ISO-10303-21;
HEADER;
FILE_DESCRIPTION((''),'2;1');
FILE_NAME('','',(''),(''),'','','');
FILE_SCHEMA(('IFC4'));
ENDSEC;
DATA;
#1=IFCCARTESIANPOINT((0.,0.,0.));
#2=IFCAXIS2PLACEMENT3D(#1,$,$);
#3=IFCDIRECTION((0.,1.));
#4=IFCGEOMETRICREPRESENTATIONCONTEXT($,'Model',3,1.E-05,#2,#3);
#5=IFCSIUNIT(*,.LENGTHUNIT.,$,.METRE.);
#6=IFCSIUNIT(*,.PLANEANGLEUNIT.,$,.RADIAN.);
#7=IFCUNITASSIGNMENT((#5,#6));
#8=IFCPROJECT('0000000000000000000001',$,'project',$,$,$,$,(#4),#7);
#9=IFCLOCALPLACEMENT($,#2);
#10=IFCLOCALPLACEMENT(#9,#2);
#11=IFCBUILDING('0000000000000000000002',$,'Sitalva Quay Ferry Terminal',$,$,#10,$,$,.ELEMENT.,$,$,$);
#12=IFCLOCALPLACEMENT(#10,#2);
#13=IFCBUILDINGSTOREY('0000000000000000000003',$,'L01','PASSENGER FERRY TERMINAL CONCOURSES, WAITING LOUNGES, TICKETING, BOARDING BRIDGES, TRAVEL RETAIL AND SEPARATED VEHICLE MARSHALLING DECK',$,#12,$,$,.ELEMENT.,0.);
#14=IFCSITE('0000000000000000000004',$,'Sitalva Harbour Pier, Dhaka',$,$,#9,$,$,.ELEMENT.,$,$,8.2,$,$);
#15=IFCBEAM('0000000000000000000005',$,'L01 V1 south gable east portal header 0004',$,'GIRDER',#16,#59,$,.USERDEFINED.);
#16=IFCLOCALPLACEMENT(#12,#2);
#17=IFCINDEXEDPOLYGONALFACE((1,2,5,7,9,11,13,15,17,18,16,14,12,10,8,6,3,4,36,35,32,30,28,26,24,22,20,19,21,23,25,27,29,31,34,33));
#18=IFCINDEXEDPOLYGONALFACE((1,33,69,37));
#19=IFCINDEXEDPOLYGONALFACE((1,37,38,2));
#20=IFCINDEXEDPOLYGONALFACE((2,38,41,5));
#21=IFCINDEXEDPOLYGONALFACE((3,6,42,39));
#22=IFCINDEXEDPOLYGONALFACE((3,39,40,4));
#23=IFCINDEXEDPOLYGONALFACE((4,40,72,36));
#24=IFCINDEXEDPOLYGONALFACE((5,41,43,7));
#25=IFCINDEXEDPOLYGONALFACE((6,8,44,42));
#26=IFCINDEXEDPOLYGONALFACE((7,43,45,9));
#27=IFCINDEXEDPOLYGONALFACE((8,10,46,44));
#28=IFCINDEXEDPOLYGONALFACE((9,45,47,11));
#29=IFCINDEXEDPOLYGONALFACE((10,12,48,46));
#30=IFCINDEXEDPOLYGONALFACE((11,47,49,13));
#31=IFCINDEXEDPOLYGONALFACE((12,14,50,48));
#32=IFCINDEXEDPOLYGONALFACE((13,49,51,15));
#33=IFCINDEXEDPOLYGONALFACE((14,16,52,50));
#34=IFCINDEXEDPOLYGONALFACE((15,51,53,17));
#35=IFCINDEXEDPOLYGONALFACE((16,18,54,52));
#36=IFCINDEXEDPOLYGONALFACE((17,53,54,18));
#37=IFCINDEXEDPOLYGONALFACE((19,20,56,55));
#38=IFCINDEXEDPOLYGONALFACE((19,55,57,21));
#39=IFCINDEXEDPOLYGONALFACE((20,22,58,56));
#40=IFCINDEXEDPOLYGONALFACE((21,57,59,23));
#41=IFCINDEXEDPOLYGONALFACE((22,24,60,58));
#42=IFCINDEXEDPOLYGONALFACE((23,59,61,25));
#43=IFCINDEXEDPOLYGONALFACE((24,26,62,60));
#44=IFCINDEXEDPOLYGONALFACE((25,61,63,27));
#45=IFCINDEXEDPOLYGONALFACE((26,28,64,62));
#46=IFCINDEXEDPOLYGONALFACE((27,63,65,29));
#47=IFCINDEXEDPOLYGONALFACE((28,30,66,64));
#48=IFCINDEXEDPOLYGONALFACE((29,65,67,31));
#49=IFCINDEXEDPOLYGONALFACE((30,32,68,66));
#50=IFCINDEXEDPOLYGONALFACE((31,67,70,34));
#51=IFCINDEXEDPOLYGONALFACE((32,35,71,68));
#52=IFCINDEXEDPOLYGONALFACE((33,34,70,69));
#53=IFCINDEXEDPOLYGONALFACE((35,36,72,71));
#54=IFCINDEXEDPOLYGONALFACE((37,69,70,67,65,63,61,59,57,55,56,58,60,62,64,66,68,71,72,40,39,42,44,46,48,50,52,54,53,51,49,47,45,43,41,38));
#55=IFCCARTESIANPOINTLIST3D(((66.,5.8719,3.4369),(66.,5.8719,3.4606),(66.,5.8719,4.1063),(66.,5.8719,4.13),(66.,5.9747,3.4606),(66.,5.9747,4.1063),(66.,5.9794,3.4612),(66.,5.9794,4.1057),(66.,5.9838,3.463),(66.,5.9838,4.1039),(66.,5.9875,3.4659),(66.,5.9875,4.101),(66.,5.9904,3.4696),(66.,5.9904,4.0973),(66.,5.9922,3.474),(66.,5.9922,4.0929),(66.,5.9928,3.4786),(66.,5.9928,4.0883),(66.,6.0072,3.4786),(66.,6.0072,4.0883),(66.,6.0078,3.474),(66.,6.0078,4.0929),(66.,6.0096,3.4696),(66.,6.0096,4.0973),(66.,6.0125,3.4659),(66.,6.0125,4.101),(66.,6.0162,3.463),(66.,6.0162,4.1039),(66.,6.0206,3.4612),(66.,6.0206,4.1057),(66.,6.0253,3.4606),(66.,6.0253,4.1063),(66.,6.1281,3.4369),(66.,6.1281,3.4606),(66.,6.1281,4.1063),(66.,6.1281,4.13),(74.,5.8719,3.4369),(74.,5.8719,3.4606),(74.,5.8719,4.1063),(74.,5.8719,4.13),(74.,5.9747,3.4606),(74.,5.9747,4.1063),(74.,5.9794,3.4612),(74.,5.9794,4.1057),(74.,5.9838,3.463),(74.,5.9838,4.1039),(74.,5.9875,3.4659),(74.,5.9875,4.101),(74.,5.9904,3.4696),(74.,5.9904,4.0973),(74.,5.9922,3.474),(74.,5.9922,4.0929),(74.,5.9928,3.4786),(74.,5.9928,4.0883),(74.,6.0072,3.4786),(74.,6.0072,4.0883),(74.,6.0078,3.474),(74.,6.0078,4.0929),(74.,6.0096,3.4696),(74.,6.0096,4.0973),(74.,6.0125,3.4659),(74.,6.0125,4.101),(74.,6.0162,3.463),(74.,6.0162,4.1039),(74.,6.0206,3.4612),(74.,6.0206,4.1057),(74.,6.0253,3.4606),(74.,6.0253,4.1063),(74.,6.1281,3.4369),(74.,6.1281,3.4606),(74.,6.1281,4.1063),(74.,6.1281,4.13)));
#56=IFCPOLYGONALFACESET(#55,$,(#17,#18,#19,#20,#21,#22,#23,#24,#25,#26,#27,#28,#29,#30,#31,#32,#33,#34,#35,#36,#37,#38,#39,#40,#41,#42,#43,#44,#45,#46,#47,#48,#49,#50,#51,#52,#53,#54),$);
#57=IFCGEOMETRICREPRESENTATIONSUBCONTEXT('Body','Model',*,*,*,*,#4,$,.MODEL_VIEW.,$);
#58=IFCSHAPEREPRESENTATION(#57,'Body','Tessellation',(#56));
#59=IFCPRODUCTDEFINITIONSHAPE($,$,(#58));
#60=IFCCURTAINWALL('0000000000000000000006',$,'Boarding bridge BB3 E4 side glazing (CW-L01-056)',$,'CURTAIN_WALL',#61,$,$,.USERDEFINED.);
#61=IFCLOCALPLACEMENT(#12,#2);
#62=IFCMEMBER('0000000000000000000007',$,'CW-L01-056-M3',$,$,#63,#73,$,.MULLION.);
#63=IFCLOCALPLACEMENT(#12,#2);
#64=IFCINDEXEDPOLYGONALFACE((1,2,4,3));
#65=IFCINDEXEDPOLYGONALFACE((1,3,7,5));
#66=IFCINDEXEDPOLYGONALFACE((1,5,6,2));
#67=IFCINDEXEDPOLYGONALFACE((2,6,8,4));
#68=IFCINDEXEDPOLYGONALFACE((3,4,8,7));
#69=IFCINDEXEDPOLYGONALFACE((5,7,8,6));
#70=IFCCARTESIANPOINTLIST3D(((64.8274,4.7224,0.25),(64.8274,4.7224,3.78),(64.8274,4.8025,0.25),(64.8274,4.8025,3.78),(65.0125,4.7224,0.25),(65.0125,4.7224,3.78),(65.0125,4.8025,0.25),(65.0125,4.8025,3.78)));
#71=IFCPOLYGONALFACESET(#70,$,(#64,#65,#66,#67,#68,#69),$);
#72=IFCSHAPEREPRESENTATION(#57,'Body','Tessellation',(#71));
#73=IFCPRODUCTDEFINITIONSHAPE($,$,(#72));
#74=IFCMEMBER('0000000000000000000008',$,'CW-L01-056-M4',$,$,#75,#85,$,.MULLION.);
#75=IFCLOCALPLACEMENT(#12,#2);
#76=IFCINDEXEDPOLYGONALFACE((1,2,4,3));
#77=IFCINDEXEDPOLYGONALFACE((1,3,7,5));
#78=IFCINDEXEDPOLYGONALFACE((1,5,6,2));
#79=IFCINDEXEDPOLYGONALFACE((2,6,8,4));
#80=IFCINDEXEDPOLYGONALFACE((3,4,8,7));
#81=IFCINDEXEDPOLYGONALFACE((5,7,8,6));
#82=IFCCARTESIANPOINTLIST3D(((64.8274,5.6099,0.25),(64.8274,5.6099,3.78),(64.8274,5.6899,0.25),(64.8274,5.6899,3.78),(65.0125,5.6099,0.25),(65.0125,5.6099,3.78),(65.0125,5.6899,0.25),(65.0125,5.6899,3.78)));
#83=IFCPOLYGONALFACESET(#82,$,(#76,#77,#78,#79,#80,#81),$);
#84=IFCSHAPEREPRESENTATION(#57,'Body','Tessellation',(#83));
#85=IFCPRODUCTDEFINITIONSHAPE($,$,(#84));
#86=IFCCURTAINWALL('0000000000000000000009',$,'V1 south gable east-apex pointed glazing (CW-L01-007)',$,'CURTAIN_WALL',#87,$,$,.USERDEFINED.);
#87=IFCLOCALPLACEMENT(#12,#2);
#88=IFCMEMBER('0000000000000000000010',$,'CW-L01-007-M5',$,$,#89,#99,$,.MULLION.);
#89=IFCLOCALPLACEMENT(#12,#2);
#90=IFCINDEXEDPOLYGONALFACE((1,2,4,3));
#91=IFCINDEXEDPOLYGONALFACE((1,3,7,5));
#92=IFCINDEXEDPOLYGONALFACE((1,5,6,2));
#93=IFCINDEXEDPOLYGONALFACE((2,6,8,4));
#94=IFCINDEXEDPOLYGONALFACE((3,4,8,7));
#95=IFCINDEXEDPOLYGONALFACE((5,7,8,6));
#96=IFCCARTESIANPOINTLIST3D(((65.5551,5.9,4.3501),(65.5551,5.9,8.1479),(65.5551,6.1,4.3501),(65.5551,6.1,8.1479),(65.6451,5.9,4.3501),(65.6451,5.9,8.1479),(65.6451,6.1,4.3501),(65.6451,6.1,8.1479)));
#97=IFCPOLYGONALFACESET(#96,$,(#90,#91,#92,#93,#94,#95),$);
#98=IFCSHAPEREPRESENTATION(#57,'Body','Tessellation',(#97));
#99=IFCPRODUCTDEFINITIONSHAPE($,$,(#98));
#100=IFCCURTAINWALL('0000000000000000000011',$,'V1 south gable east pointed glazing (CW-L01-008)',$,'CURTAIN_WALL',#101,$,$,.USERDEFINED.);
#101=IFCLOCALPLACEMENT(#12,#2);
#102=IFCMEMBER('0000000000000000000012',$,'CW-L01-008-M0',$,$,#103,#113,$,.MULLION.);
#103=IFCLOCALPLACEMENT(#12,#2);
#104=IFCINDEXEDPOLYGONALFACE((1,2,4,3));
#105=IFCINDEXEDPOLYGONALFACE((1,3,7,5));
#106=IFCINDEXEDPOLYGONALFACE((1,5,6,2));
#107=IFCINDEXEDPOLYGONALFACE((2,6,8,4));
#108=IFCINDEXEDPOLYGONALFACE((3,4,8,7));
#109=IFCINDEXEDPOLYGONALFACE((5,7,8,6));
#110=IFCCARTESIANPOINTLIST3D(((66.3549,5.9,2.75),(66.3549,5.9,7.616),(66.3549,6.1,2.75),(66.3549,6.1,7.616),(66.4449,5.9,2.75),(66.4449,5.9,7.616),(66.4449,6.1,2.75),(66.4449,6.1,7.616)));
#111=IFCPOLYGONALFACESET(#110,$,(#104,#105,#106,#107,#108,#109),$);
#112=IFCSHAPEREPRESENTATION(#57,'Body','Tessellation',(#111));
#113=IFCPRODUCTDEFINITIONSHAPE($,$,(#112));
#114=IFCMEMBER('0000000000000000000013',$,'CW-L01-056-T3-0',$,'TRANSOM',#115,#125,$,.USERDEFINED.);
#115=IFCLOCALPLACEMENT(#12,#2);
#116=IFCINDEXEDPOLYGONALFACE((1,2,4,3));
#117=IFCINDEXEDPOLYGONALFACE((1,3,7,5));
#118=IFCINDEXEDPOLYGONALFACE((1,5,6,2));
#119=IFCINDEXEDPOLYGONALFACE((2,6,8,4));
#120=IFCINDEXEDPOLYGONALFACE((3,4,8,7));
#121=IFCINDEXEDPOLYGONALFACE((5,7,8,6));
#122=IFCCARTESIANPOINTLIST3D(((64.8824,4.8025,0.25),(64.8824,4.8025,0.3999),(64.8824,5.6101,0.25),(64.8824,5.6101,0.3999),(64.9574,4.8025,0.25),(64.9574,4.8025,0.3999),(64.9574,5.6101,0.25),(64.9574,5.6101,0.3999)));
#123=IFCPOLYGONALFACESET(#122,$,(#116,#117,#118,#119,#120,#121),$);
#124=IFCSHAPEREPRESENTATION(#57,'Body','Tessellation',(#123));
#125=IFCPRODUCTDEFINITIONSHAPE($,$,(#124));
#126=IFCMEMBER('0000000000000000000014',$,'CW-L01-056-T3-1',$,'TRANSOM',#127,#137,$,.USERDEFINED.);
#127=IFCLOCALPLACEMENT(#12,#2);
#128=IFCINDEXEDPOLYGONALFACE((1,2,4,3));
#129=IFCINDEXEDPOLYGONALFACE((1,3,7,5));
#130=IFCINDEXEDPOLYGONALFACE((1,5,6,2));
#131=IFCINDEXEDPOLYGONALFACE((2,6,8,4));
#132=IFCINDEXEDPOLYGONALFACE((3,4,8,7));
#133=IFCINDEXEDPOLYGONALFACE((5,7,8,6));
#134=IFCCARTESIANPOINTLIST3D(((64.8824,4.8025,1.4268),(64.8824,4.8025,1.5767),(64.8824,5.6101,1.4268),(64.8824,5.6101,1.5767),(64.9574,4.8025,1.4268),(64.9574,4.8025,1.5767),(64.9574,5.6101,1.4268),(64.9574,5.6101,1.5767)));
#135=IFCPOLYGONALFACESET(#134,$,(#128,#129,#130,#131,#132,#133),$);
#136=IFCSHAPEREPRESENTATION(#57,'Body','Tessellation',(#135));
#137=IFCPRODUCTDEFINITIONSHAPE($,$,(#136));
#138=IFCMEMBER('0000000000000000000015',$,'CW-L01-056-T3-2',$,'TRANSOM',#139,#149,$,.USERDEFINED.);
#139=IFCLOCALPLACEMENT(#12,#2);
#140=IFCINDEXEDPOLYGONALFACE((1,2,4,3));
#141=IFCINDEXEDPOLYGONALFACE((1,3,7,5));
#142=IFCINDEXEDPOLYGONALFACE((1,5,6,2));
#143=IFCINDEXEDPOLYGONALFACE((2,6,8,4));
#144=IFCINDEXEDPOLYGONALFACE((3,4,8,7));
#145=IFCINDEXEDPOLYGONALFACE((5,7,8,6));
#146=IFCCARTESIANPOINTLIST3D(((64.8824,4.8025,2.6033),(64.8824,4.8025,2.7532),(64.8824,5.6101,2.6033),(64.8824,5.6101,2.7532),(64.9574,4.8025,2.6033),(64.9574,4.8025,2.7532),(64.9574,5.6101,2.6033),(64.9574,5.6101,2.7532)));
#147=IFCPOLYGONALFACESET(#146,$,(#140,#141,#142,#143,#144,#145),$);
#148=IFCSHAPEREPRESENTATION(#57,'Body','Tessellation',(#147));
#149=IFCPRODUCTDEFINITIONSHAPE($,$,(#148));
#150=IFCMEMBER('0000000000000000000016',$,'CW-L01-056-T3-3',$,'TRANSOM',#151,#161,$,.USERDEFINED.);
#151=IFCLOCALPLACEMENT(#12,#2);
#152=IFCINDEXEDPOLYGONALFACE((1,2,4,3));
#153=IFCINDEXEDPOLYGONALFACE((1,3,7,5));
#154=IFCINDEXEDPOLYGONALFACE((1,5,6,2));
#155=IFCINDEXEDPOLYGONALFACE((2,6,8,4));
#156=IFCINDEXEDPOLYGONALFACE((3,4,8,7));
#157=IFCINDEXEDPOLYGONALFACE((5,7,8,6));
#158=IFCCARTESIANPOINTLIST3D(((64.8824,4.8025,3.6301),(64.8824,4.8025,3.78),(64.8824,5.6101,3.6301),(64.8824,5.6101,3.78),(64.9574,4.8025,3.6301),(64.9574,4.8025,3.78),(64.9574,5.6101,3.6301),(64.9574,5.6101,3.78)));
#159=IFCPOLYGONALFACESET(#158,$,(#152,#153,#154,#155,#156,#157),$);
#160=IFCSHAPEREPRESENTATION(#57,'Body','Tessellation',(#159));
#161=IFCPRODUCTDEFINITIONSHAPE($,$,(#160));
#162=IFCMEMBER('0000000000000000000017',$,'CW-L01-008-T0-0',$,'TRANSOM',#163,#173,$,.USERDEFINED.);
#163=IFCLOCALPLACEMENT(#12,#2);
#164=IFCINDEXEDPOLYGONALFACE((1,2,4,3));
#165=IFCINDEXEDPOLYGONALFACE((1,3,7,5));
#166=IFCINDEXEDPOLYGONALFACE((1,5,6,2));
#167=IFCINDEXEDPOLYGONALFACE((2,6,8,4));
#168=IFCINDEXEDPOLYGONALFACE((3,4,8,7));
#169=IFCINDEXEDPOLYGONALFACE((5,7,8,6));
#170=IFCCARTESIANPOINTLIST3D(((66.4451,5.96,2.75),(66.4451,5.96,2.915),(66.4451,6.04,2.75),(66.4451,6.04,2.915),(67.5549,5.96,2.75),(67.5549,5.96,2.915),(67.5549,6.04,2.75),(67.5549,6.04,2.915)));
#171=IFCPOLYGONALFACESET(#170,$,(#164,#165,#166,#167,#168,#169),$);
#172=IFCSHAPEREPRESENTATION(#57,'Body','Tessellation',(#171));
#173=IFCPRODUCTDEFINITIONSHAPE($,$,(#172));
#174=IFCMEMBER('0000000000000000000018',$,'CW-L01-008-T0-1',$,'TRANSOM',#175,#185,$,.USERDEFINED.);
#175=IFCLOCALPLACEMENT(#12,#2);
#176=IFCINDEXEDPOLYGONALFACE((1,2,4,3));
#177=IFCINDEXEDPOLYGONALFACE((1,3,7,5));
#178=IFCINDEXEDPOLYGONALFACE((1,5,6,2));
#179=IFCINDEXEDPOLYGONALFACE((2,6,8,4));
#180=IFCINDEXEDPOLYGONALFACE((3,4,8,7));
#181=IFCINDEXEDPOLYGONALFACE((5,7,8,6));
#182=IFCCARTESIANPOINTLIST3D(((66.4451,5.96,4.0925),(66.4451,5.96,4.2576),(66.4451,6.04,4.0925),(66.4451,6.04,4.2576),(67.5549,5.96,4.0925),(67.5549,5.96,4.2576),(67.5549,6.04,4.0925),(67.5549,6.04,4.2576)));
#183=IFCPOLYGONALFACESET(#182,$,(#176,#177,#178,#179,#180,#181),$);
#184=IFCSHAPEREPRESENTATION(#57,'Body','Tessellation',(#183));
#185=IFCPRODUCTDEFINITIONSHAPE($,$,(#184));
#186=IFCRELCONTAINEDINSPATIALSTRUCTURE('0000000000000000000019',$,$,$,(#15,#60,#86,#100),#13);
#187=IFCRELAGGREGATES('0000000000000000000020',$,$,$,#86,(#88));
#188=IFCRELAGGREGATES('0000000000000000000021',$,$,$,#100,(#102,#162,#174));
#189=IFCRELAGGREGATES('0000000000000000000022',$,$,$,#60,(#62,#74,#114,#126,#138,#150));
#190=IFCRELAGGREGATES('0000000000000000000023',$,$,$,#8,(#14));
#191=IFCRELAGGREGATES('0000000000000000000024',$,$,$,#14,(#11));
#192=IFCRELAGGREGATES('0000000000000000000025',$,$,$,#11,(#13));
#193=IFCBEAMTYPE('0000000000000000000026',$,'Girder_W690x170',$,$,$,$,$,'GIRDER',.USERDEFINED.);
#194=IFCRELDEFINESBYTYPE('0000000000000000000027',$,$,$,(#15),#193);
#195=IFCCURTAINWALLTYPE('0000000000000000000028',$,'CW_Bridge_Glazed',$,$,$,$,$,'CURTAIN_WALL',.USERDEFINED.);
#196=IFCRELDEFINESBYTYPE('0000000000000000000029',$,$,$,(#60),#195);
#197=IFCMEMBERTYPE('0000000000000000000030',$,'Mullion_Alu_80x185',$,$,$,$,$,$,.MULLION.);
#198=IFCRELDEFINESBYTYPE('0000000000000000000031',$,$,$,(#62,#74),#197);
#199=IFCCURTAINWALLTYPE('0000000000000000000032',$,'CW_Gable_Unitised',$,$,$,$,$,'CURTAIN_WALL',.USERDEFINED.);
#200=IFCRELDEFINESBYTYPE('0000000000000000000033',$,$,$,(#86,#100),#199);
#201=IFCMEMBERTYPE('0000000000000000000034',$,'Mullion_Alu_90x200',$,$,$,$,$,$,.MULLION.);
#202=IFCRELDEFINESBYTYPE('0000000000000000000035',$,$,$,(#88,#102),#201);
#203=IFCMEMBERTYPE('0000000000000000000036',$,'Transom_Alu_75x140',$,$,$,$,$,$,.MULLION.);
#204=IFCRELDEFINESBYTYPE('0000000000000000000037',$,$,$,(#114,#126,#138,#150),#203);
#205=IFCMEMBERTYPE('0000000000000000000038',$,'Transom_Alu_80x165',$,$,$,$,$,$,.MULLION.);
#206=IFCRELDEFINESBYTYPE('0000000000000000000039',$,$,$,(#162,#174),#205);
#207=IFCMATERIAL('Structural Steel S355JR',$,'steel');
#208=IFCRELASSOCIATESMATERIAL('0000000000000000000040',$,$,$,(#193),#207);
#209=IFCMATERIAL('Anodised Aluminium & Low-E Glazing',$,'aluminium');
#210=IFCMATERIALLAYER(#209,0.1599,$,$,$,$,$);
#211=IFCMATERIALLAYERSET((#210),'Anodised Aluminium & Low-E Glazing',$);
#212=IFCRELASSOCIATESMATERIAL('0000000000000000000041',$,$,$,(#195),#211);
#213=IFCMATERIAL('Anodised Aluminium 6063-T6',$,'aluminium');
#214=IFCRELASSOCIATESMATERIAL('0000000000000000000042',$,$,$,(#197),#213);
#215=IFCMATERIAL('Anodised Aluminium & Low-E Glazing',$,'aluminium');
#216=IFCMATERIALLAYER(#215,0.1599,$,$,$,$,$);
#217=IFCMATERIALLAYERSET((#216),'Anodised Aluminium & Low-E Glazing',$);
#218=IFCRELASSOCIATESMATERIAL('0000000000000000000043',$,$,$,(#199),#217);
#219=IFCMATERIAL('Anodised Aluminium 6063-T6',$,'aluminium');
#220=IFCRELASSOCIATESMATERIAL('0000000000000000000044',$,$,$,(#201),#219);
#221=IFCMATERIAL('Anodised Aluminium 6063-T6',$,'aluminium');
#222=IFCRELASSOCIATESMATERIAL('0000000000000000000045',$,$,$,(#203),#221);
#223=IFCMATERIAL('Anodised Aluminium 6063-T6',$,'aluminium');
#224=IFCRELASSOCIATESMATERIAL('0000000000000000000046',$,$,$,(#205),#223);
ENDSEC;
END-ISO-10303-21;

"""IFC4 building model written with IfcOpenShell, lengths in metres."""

from ifc_helpers import new_model, si_unit, direction, frame, origin, origin_2d, place, context, subcontext, project, spatial, rectangle, i_section, extrude, material, layer, layer_set, material_profile, profile_set, type_object, element, aggregate, save


model = new_model("IFC4")

# Units and contexts
model_context = context("Model", 3, precision=1e-05, world=origin(), true_north=direction((0.0, 1.0)))
body_context = subcontext(model_context, "Body", "Model", "MODEL_VIEW")
ifc_project = project(units=[si_unit("LENGTHUNIT", "METRE"), si_unit("PLANEANGLEUNIT", "RADIAN")], contexts=[model_context])

# Site, building, storey
site_placement = place(None, origin())
site = spatial("IfcSite", under=ifc_project, at=site_placement, Name="Sitalva Harbour Pier, Dhaka", CompositionType="ELEMENT", RefElevation=8.2)
building_placement = place(site_placement, origin())
building = spatial("IfcBuilding", under=site, at=building_placement, Name="Sitalva Quay Ferry Terminal", CompositionType="ELEMENT")
storey_placement = place(building_placement, origin())
storey = spatial("IfcBuildingStorey", under=building, at=storey_placement, Name="L01", Description="PASSENGER FERRY TERMINAL CONCOURSES, WAITING LOUNGES, TICKETING, BOARDING BRIDGES, TRAVEL RETAIL AND SEPARATED VEHICLE MARSHALLING DECK", CompositionType="ELEMENT", Elevation=0.0)

# Beam
ifc_material_1 = material(Name="Structural Steel S355JR", Category="steel")
ifc_material_profile_1 = material_profile(ifc_material_1, i_section(OverallWidth=0.2561, OverallDepth=0.6931, WebThickness=0.0144, FlangeThickness=0.0237, FilletRadius=0.0181, at=origin_2d()), Name="W690x170")
ifc_profile_set_1 = profile_set([ifc_material_profile_1], Name="Structural Steel S355JR")
beam_type_1 = type_object("IfcBeamType", Name="Girder_W690x170", ElementType="GIRDER", PredefinedType="USERDEFINED", material=ifc_profile_set_1)
beam_1_placement = place(storey_placement, frame((66.0, 6.0, 3.7834), z_axis=(1.0, 0.0, 0.0), x_axis=(0.0, 1.0, 0.0)))
element("IfcBeam", 1, at=beam_1_placement, inside=storey, type_object=beam_type_1, Name="L01 V1 south gable east portal header 0004", ObjectType="GIRDER", PredefinedType="USERDEFINED", context=body_context, shape_type="SweptSolid", body=[
    extrude(i_section(OverallWidth=0.2561, OverallDepth=0.6931, WebThickness=0.0144, FlangeThickness=0.0237, FilletRadius=0.0181, at=origin_2d()), origin(), (0.0, 0.0, 1.0), 8.0),
])

# Curtain wall, members
ifc_material_2 = material(Name="Anodised Aluminium & Low-E Glazing", Category="aluminium")
ifc_layer_1 = layer(ifc_material_2, 0.1599)
ifc_layer_set_1 = layer_set([ifc_layer_1], Name="Anodised Aluminium & Low-E Glazing")
curtain_wall_type_1 = type_object("IfcCurtainWallType", Name="CW_Bridge_Glazed", ElementType="CURTAIN_WALL", PredefinedType="USERDEFINED", material=ifc_layer_set_1)
curtain_wall_1_placement = place(storey_placement, origin())
curtain_wall_1 = element("IfcCurtainWall", 2, at=curtain_wall_1_placement, inside=storey, type_object=curtain_wall_type_1, Name="Boarding bridge BB3 E4 side glazing (CW-L01-056)", ObjectType="CURTAIN_WALL", PredefinedType="USERDEFINED")
ifc_material_3 = material(Name="Anodised Aluminium 6063-T6", Category="aluminium")
ifc_material_profile_2 = material_profile(ifc_material_3, rectangle(XDim=0.0801, YDim=0.1851, at=origin_2d()), Name="ALU80x185")
ifc_profile_set_2 = profile_set([ifc_material_profile_2], Name="Anodised Aluminium 6063-T6")
member_type_1 = type_object("IfcMemberType", Name="Mullion_Alu_80x185", PredefinedType="MULLION", material=ifc_profile_set_2)
member_1_placement = place(storey_placement, frame((64.9199, 4.7625, 0.25), z_axis=(0.0, 0.0, 1.0), x_axis=(0.0, 1.0, 0.0)))
member_1 = element("IfcMember", 3, at=member_1_placement, type_object=member_type_1, Name="CW-L01-056-M3", PredefinedType="MULLION", context=body_context, shape_type="SweptSolid", body=[
    extrude(rectangle(XDim=0.0801, YDim=0.1851, at=origin_2d()), origin(), (0.0, 0.0, 1.0), 3.53),
])
member_2_placement = place(storey_placement, frame((64.9199, 5.6499, 0.25), z_axis=(0.0, 0.0, 1.0), x_axis=(0.0, 1.0, 0.0)))
member_2 = element("IfcMember", 4, at=member_2_placement, type_object=member_type_1, Name="CW-L01-056-M4", PredefinedType="MULLION", context=body_context, shape_type="SweptSolid", body=[
    extrude(rectangle(XDim=0.0801, YDim=0.1851, at=origin_2d()), origin(), (0.0, 0.0, 1.0), 3.53),
])

# Curtain walls, members
ifc_material_4 = material(Name="Anodised Aluminium & Low-E Glazing", Category="aluminium")
ifc_layer_2 = layer(ifc_material_4, 0.1599)
ifc_layer_set_2 = layer_set([ifc_layer_2], Name="Anodised Aluminium & Low-E Glazing")
curtain_wall_type_2 = type_object("IfcCurtainWallType", Name="CW_Gable_Unitised", ElementType="CURTAIN_WALL", PredefinedType="USERDEFINED", material=ifc_layer_set_2)
curtain_wall_2_placement = place(storey_placement, origin())
curtain_wall_2 = element("IfcCurtainWall", 5, at=curtain_wall_2_placement, inside=storey, type_object=curtain_wall_type_2, Name="V1 south gable east-apex pointed glazing (CW-L01-007)", ObjectType="CURTAIN_WALL", PredefinedType="USERDEFINED")
ifc_material_5 = material(Name="Anodised Aluminium 6063-T6", Category="aluminium")
ifc_material_profile_3 = material_profile(ifc_material_5, rectangle(XDim=0.0901, YDim=0.2, at=origin_2d()), Name="ALU90x200")
ifc_profile_set_3 = profile_set([ifc_material_profile_3], Name="Anodised Aluminium 6063-T6")
member_type_2 = type_object("IfcMemberType", Name="Mullion_Alu_90x200", PredefinedType="MULLION", material=ifc_profile_set_3)
member_3_placement = place(storey_placement, frame((65.6001, 6.0, 4.3501), z_axis=(0.0, 0.0, 1.0), x_axis=(1.0, 0.0, 0.0)))
member_3 = element("IfcMember", 6, at=member_3_placement, type_object=member_type_2, Name="CW-L01-007-M5", PredefinedType="MULLION", context=body_context, shape_type="SweptSolid", body=[
    extrude(rectangle(XDim=0.0901, YDim=0.2, at=origin_2d()), origin(), (0.0, 0.0, 1.0), 3.7979),
])
aggregate(curtain_wall_2, [member_3])
curtain_wall_3_placement = place(storey_placement, origin())
curtain_wall_3 = element("IfcCurtainWall", 7, at=curtain_wall_3_placement, inside=storey, type_object=curtain_wall_type_2, Name="V1 south gable east pointed glazing (CW-L01-008)", ObjectType="CURTAIN_WALL", PredefinedType="USERDEFINED")
member_4_placement = place(storey_placement, frame((66.3999, 6.0, 2.75), z_axis=(0.0, 0.0, 1.0), x_axis=(1.0, 0.0, 0.0)))
member_4 = element("IfcMember", 8, at=member_4_placement, type_object=member_type_2, Name="CW-L01-008-M0", PredefinedType="MULLION", context=body_context, shape_type="SweptSolid", body=[
    extrude(rectangle(XDim=0.0901, YDim=0.2, at=origin_2d()), origin(), (0.0, 0.0, 1.0), 4.866),
])

# Members
ifc_material_6 = material(Name="Anodised Aluminium 6063-T6", Category="aluminium")
ifc_material_profile_4 = material_profile(ifc_material_6, rectangle(XDim=0.075, YDim=0.1499, at=origin_2d()), Name="ALU75x150")
ifc_profile_set_4 = profile_set([ifc_material_profile_4], Name="Anodised Aluminium 6063-T6")
member_type_3 = type_object("IfcMemberType", Name="Transom_Alu_75x140", PredefinedType="MULLION", material=ifc_profile_set_4)
member_5_placement = place(storey_placement, frame((64.9199, 4.8025, 0.325), z_axis=(0.0, 1.0, 0.0), x_axis=(-1.0, 0.0, 0.0)))
member_5 = element("IfcMember", 9, at=member_5_placement, type_object=member_type_3, Name="CW-L01-056-T3-0", ObjectType="TRANSOM", PredefinedType="USERDEFINED", context=body_context, shape_type="SweptSolid", body=[
    extrude(rectangle(XDim=0.075, YDim=0.1499, at=origin_2d()), origin(), (0.0, 0.0, 1.0), 0.8076),
])
member_6_placement = place(storey_placement, frame((64.9199, 4.8025, 1.5017), z_axis=(0.0, 1.0, 0.0), x_axis=(-1.0, 0.0, 0.0)))
member_6 = element("IfcMember", 10, at=member_6_placement, type_object=member_type_3, Name="CW-L01-056-T3-1", ObjectType="TRANSOM", PredefinedType="USERDEFINED", context=body_context, shape_type="SweptSolid", body=[
    extrude(rectangle(XDim=0.075, YDim=0.1499, at=origin_2d()), origin(), (0.0, 0.0, 1.0), 0.8076),
])
member_7_placement = place(storey_placement, frame((64.9199, 4.8025, 2.6782), z_axis=(0.0, 1.0, 0.0), x_axis=(-1.0, 0.0, 0.0)))
member_7 = element("IfcMember", 11, at=member_7_placement, type_object=member_type_3, Name="CW-L01-056-T3-2", ObjectType="TRANSOM", PredefinedType="USERDEFINED", context=body_context, shape_type="SweptSolid", body=[
    extrude(rectangle(XDim=0.075, YDim=0.1499, at=origin_2d()), origin(), (0.0, 0.0, 1.0), 0.8076),
])
member_8_placement = place(storey_placement, frame((64.9199, 4.8025, 3.7051), z_axis=(0.0, 1.0, 0.0), x_axis=(-1.0, 0.0, 0.0)))
member_8 = element("IfcMember", 12, at=member_8_placement, type_object=member_type_3, Name="CW-L01-056-T3-3", ObjectType="TRANSOM", PredefinedType="USERDEFINED", context=body_context, shape_type="SweptSolid", body=[
    extrude(rectangle(XDim=0.075, YDim=0.1499, at=origin_2d()), origin(), (0.0, 0.0, 1.0), 0.8076),
])
ifc_material_7 = material(Name="Anodised Aluminium 6063-T6", Category="aluminium")
ifc_material_profile_5 = material_profile(ifc_material_7, rectangle(XDim=0.0801, YDim=0.165, at=origin_2d()), Name="ALU80x165")
ifc_profile_set_5 = profile_set([ifc_material_profile_5], Name="Anodised Aluminium 6063-T6")
member_type_4 = type_object("IfcMemberType", Name="Transom_Alu_80x165", PredefinedType="MULLION", material=ifc_profile_set_5)
member_9_placement = place(storey_placement, frame((66.4451, 6.0, 2.8325), z_axis=(1.0, 0.0, 0.0), x_axis=(0.0, 1.0, 0.0)))
member_9 = element("IfcMember", 13, at=member_9_placement, type_object=member_type_4, Name="CW-L01-008-T0-0", ObjectType="TRANSOM", PredefinedType="USERDEFINED", context=body_context, shape_type="SweptSolid", body=[
    extrude(rectangle(XDim=0.0801, YDim=0.165, at=origin_2d()), origin(), (0.0, 0.0, 1.0), 1.1099),
])
member_10_placement = place(storey_placement, frame((66.4451, 6.0, 4.175), z_axis=(1.0, 0.0, 0.0), x_axis=(0.0, 1.0, 0.0)))
member_10 = element("IfcMember", 14, at=member_10_placement, type_object=member_type_4, Name="CW-L01-008-T0-1", ObjectType="TRANSOM", PredefinedType="USERDEFINED", context=body_context, shape_type="SweptSolid", body=[
    extrude(rectangle(XDim=0.0801, YDim=0.165, at=origin_2d()), origin(), (0.0, 0.0, 1.0), 1.1099),
])
aggregate(curtain_wall_3, [member_4, member_9, member_10])

aggregate(curtain_wall_1, [member_1, member_2, member_5, member_6, member_7, member_8])

save(model, "model.ifc")
